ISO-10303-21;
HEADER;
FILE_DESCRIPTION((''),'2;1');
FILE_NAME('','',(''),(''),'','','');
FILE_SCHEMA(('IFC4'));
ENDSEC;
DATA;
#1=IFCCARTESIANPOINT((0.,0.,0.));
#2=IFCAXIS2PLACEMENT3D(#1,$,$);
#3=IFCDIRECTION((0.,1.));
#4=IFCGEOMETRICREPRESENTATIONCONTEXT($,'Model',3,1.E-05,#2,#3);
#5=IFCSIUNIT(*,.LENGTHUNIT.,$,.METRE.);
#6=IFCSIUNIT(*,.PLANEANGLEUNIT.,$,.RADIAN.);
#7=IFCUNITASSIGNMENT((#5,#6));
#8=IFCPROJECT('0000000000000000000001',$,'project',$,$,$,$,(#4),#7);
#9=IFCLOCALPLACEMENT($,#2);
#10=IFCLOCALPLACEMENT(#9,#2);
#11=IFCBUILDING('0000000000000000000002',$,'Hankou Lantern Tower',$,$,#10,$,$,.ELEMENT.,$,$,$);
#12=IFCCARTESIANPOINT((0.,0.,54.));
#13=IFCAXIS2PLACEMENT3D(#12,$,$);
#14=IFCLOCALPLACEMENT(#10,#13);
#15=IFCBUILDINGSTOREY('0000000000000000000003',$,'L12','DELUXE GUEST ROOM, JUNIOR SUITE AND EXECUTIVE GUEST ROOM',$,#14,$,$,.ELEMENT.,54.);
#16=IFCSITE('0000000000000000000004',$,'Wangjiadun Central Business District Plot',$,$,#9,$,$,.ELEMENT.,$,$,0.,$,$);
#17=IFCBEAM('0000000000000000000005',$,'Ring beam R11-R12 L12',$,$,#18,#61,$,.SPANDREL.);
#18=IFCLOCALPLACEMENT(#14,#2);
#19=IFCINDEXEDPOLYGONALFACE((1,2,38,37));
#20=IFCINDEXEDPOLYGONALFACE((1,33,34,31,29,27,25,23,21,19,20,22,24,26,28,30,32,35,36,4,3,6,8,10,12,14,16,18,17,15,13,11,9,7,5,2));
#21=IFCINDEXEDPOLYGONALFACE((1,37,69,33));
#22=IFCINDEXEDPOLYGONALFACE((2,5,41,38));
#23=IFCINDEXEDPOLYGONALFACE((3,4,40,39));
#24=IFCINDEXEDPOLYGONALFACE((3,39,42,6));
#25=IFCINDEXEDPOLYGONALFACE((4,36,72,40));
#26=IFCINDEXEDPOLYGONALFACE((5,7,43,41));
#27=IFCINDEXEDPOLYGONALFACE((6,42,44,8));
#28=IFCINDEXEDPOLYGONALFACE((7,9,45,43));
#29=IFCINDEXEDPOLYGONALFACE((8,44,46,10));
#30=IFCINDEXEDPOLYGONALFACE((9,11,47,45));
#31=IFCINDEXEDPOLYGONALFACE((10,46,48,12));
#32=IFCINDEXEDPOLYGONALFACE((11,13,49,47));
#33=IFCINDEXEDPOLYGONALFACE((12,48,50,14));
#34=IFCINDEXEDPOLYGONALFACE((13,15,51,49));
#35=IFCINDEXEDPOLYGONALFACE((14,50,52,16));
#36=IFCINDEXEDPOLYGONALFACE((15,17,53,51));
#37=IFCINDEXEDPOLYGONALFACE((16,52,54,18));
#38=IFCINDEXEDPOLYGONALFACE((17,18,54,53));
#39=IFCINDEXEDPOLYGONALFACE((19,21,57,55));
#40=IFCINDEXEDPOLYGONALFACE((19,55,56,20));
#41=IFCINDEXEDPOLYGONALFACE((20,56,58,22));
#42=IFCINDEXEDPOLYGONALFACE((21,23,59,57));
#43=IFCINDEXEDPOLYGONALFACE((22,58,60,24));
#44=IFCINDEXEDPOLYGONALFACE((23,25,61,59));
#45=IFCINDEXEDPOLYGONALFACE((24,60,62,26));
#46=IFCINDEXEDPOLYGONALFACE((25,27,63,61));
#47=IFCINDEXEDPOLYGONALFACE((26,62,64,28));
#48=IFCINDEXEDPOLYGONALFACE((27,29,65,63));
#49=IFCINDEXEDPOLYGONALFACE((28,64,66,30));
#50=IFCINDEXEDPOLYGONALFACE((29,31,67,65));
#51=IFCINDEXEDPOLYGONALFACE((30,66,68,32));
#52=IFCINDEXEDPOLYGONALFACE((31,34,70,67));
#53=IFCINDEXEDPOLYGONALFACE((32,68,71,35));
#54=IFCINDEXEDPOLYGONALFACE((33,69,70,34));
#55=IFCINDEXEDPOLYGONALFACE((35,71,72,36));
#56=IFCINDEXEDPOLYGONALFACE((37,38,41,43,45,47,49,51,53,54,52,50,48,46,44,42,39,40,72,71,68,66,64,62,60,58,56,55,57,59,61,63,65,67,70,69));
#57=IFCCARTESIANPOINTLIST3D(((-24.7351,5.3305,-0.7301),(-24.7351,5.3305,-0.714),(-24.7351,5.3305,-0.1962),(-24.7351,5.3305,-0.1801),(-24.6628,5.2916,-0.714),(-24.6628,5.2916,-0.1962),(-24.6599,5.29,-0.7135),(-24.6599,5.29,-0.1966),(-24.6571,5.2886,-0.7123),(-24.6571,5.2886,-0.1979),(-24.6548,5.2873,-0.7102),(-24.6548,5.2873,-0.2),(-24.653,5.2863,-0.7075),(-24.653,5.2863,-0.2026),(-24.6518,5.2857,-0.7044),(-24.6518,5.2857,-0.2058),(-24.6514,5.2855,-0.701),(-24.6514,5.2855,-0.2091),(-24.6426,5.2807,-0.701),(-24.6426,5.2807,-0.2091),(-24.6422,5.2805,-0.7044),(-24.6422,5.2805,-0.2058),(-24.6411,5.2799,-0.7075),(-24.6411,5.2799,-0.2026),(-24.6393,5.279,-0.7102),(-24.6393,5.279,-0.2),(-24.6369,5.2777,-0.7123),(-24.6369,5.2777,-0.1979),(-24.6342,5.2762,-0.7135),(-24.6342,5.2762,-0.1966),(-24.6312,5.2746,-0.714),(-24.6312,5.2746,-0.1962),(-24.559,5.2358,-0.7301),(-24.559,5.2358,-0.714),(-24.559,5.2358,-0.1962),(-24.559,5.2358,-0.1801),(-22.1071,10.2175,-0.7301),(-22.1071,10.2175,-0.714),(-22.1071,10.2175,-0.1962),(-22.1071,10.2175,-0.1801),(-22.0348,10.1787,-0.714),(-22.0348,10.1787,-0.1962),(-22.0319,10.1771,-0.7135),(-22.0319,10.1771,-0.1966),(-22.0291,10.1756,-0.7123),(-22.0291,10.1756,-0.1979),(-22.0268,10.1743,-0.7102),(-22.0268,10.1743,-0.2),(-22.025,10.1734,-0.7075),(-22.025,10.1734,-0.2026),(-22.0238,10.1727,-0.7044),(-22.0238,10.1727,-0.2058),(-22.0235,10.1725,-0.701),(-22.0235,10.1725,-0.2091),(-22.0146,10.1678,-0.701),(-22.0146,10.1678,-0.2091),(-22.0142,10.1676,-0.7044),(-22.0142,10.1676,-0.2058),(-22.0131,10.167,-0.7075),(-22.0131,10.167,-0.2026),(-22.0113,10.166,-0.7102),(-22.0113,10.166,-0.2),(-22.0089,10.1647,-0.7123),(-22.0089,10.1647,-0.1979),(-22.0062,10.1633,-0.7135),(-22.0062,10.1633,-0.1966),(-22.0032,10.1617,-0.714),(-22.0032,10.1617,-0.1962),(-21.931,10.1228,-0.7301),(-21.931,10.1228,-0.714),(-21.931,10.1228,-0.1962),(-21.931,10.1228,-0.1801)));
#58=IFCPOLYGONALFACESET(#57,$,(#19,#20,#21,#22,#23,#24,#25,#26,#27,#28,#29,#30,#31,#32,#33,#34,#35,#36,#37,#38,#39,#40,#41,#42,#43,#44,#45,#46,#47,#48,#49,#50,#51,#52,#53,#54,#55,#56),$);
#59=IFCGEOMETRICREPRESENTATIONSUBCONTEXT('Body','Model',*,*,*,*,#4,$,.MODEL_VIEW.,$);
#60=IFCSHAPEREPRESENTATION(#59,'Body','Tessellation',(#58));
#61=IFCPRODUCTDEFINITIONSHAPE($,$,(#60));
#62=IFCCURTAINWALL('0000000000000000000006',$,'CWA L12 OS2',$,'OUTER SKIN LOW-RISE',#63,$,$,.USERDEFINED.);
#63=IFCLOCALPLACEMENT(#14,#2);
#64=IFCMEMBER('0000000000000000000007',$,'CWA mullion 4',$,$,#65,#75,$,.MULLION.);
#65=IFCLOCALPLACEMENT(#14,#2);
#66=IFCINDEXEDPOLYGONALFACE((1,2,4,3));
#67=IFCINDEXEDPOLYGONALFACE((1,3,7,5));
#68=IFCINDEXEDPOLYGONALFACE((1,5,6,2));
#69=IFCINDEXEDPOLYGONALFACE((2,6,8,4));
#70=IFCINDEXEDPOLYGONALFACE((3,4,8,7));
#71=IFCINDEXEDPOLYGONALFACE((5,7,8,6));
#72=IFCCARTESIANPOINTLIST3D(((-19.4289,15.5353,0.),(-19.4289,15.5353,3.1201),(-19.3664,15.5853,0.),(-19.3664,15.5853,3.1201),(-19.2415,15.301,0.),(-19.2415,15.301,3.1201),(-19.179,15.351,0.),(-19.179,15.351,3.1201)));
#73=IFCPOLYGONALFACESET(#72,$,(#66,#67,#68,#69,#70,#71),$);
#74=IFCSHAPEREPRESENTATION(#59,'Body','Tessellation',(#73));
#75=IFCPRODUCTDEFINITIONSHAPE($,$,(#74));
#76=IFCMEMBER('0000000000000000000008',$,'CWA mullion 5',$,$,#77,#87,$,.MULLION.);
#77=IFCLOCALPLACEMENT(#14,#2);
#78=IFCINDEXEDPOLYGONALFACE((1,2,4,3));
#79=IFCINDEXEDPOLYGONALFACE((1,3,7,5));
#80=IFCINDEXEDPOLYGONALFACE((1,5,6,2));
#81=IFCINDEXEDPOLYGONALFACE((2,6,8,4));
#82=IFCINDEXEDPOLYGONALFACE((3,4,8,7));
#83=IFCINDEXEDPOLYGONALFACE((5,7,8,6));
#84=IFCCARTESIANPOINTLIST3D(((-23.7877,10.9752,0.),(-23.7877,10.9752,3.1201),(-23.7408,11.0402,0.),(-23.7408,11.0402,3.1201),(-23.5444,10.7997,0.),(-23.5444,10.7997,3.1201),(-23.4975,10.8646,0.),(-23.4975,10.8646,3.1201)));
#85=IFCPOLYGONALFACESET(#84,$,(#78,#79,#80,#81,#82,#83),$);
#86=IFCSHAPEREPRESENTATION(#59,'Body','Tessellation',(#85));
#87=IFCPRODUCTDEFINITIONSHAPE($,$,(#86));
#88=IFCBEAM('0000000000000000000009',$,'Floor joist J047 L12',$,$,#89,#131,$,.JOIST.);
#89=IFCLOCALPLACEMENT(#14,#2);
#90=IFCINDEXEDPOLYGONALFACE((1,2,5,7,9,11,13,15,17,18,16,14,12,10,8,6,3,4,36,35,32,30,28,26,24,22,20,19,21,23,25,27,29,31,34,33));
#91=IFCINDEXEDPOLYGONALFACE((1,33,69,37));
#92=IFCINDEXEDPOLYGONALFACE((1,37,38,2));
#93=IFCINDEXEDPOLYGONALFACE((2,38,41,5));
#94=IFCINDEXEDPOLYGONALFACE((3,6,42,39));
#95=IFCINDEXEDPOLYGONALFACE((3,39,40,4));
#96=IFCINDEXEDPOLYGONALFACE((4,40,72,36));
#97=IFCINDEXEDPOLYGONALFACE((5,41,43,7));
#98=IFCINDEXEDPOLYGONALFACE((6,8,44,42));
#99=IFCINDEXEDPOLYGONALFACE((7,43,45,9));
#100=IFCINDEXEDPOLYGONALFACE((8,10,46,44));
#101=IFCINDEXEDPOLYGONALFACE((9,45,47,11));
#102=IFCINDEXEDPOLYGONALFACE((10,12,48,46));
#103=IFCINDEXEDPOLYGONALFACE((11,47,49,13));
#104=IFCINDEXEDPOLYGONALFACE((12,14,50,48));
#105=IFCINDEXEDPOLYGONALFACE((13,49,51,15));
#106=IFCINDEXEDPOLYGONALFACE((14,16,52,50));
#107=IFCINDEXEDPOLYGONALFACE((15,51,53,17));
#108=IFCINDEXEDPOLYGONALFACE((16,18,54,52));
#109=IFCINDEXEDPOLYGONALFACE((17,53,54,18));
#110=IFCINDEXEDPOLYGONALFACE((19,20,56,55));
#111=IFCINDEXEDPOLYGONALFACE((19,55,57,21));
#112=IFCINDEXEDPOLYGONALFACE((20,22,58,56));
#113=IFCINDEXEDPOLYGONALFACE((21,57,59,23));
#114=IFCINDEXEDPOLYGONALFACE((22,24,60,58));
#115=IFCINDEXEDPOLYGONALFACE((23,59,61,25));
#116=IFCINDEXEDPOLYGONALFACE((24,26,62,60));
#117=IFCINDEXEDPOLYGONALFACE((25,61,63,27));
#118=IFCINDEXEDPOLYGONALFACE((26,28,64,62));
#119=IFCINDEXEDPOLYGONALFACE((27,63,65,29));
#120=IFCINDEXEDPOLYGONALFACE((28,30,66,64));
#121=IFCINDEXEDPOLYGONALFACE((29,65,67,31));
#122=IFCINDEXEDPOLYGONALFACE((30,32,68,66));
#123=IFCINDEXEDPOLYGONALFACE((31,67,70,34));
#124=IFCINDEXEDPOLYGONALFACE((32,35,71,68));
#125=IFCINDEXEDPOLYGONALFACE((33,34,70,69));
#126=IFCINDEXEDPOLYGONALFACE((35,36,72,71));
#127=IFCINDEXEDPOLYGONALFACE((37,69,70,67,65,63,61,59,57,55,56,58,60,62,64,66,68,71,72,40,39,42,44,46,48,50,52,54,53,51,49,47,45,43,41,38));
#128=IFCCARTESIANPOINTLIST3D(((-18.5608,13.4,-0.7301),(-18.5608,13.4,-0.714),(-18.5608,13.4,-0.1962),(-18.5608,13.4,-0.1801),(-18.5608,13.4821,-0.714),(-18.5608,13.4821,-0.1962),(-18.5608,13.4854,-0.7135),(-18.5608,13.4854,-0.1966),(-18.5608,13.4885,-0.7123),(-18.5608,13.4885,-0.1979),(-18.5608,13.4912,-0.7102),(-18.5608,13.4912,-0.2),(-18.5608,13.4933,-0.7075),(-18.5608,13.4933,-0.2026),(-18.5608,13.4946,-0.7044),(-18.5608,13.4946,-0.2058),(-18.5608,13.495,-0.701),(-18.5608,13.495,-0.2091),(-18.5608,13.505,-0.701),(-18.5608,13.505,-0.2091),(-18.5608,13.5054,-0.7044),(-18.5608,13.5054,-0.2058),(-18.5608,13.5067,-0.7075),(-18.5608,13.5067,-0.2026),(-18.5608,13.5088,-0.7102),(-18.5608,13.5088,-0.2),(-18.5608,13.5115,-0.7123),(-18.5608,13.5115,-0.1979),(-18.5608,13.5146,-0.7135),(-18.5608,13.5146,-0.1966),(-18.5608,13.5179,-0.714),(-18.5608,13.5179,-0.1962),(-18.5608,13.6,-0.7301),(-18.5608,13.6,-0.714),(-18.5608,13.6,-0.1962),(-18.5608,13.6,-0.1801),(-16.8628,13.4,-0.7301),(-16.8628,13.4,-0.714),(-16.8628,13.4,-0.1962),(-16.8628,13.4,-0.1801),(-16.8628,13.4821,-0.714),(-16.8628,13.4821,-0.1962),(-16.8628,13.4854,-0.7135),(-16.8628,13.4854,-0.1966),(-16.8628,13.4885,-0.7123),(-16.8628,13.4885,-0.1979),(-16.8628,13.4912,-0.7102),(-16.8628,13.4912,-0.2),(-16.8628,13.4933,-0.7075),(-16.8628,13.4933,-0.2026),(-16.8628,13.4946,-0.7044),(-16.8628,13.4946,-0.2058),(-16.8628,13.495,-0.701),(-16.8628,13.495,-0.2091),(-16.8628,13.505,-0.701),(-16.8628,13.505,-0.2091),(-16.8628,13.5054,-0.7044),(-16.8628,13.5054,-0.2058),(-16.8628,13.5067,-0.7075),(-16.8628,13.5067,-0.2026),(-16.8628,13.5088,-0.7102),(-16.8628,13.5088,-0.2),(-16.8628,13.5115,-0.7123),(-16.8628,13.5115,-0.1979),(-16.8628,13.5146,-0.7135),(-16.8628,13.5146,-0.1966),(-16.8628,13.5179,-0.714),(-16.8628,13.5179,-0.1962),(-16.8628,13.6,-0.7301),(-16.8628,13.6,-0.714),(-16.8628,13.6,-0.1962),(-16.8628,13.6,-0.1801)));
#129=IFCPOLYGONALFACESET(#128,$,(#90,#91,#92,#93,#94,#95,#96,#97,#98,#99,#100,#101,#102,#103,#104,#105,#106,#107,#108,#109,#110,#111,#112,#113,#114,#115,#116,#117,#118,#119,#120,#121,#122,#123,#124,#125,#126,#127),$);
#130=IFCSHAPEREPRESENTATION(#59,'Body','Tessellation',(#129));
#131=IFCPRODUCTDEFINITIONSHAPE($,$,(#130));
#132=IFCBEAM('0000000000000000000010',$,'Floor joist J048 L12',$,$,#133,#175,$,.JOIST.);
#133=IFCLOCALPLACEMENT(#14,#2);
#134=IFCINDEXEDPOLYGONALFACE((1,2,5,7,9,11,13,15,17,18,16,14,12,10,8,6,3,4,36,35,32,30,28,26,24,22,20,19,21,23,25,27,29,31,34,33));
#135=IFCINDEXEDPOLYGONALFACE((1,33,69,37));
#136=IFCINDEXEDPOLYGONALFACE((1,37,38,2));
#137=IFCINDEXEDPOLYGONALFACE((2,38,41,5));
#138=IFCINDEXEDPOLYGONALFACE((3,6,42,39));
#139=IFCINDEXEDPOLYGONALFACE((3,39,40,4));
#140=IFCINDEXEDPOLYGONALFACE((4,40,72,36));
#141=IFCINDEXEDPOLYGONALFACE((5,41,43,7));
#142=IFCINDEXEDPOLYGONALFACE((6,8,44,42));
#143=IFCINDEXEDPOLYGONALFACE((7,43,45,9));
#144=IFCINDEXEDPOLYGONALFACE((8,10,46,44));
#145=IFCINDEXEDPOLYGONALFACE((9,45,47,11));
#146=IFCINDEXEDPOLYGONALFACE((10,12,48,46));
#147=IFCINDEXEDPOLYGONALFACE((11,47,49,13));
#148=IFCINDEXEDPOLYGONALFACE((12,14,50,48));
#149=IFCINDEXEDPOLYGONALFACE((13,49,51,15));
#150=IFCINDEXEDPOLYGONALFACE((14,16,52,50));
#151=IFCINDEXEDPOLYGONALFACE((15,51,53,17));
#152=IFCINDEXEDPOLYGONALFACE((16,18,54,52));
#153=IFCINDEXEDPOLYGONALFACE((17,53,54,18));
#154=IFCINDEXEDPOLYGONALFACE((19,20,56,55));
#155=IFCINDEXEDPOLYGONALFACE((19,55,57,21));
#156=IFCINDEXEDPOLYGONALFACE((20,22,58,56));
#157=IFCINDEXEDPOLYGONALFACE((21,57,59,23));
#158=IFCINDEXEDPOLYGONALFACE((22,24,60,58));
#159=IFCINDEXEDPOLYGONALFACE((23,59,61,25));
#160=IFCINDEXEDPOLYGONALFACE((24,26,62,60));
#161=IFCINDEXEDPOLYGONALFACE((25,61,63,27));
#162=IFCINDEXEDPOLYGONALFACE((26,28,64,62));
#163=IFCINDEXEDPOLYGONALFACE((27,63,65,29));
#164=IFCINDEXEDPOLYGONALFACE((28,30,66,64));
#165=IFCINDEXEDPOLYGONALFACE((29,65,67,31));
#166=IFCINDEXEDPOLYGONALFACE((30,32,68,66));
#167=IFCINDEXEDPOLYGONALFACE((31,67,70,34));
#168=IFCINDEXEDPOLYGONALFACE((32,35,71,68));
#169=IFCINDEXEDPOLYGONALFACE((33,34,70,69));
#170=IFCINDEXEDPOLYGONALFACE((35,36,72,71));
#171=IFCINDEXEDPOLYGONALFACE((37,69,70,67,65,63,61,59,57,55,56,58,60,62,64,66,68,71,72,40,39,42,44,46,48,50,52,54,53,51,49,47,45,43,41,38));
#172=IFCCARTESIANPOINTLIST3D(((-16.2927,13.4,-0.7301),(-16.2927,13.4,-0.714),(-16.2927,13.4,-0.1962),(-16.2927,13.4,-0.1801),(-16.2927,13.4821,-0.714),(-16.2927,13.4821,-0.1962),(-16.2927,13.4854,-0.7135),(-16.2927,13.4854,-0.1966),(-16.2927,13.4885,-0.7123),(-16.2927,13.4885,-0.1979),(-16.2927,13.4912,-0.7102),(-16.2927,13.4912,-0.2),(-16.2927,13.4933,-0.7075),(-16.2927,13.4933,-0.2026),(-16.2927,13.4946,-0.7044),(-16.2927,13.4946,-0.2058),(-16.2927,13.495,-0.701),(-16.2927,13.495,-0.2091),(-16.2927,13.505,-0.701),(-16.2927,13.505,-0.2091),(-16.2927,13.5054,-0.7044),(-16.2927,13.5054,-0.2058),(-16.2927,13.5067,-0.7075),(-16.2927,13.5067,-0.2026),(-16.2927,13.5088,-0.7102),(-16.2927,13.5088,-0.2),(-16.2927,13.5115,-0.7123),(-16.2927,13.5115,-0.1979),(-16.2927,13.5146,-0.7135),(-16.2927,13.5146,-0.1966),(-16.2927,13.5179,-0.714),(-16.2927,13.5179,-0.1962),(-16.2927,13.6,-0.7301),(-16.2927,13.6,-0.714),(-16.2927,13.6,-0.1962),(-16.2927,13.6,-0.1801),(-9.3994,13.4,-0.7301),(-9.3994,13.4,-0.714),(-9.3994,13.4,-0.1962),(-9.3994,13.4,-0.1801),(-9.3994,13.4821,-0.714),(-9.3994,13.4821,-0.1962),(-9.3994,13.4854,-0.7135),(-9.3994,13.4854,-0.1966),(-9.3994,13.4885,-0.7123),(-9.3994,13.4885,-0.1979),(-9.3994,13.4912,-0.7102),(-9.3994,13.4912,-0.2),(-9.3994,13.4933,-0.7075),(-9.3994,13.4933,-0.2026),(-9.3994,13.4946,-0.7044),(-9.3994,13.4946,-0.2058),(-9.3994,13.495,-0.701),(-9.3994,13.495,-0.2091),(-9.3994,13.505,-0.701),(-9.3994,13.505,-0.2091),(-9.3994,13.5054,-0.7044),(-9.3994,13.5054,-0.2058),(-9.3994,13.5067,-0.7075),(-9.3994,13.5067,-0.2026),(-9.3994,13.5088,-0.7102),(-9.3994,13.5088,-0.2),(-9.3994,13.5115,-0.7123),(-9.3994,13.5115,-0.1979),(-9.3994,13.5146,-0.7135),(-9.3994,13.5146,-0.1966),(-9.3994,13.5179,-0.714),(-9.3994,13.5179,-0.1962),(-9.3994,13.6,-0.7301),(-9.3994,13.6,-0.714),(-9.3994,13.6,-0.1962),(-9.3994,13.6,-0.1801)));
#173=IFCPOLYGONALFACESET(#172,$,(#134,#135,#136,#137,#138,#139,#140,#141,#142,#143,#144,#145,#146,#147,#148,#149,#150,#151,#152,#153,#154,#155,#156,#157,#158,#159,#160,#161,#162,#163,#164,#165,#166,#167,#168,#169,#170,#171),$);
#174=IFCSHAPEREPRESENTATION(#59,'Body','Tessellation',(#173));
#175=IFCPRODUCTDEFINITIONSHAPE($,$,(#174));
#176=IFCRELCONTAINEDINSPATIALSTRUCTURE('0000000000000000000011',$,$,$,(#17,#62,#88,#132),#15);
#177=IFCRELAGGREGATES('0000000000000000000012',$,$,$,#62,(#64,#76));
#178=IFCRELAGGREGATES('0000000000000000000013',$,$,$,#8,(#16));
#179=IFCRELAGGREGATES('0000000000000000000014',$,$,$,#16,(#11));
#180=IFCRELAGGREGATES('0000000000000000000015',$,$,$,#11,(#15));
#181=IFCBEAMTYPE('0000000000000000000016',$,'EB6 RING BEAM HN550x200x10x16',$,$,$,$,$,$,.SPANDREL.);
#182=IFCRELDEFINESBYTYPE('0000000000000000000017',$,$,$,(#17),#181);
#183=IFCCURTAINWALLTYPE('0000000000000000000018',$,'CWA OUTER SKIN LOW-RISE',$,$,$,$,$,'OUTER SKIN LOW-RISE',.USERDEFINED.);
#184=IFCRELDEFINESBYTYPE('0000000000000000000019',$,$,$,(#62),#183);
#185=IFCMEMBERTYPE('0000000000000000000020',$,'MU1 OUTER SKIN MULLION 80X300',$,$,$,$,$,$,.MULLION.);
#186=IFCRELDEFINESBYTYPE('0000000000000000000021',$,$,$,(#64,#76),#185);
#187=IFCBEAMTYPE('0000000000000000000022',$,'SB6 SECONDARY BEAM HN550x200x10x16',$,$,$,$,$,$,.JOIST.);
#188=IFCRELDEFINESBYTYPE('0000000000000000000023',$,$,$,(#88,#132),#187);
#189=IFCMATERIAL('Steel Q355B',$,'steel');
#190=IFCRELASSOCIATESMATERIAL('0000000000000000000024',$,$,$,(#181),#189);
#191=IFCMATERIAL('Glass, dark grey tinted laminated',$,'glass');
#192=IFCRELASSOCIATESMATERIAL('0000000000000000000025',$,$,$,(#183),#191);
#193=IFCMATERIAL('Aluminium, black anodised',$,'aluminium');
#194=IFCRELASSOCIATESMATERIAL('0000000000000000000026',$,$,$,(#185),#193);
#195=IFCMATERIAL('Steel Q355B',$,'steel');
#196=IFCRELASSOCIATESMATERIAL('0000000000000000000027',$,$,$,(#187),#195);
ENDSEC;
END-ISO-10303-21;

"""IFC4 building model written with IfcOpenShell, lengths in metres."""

from ifc_helpers import new_model, si_unit, direction, frame, origin, origin_2d, place, context, subcontext, project, spatial, rectangle, i_section, extrude, material, material_profile, profile_set, type_object, element, aggregate, save


model = new_model("IFC4")

# Units and contexts
model_context = context("Model", 3, precision=1e-05, world=origin(), true_north=direction((0.0, 1.0)))
body_context = subcontext(model_context, "Body", "Model", "MODEL_VIEW")
ifc_project = project(units=[si_unit("LENGTHUNIT", "METRE"), si_unit("PLANEANGLEUNIT", "RADIAN")], contexts=[model_context])

# Site, building, storey
site_placement = place(None, origin())
site = spatial("IfcSite", under=ifc_project, at=site_placement, Name="Wangjiadun Central Business District Plot", CompositionType="ELEMENT", RefElevation=0.0)
building_placement = place(site_placement, origin())
building = spatial("IfcBuilding", under=site, at=building_placement, Name="Hankou Lantern Tower", CompositionType="ELEMENT")
storey_placement = place(building_placement, frame((0.0, 0.0, 54.0)))
storey = spatial("IfcBuildingStorey", under=building, at=storey_placement, Name="L12", Description="DELUXE GUEST ROOM, JUNIOR SUITE AND EXECUTIVE GUEST ROOM", CompositionType="ELEMENT", Elevation=54.0)

# Beam
ifc_material_1 = material(Name="Steel Q355B", Category="steel")
ifc_material_profile_1 = material_profile(ifc_material_1, i_section(OverallWidth=0.2, OverallDepth=0.55, WebThickness=0.01, FlangeThickness=0.0161, FilletRadius=0.0129, at=origin_2d()), Name="HN550x200x10x16")
ifc_profile_set_1 = profile_set([ifc_material_profile_1], Name="Steel Q355B")
beam_type_1 = type_object("IfcBeamType", Name="EB6 RING BEAM HN550x200x10x16", PredefinedType="SPANDREL", material=ifc_profile_set_1)
beam_1_placement = place(storey_placement, frame((-22.019, 10.1702, -0.4551), z_axis=(-0.473609, -0.880735, 0.0), x_axis=(0.880735, -0.473609, 0.0)))
element("IfcBeam", 1, at=beam_1_placement, inside=storey, type_object=beam_type_1, Name="Ring beam R11-R12 L12", PredefinedType="SPANDREL", context=body_context, shape_type="SweptSolid", body=[
    extrude(i_section(OverallWidth=0.2, OverallDepth=0.55, WebThickness=0.01, FlangeThickness=0.0161, FilletRadius=0.0129, at=origin_2d()), origin(), (0.0, 0.0, 1.0), 5.5488),
])

# Curtain wall, members
ifc_material_2 = material(Name="Glass, dark grey tinted laminated", Category="glass")
curtain_wall_type = type_object("IfcCurtainWallType", Name="CWA OUTER SKIN LOW-RISE", ElementType="OUTER SKIN LOW-RISE", PredefinedType="USERDEFINED", material=ifc_material_2)
curtain_wall_placement = place(storey_placement, origin())
curtain_wall = element("IfcCurtainWall", 2, at=curtain_wall_placement, inside=storey, type_object=curtain_wall_type, Name="CWA L12 OS2", ObjectType="OUTER SKIN LOW-RISE", PredefinedType="USERDEFINED")
ifc_material_3 = material(Name="Aluminium, black anodised", Category="aluminium")
ifc_material_profile_2 = material_profile(ifc_material_3, rectangle(XDim=0.0801, YDim=0.3, at=origin_2d()), Name="MU1 80X300")
ifc_profile_set_2 = profile_set([ifc_material_profile_2], Name="Aluminium, black anodised")
member_type_1 = type_object("IfcMemberType", Name="MU1 OUTER SKIN MULLION 80X300", PredefinedType="MULLION", material=ifc_profile_set_2)
member_1_placement = place(storey_placement, frame((-19.304, 15.4431, 0.0), z_axis=(0.0, 0.0, 1.0), x_axis=(-0.780869, -0.624695, 0.0)))
member_1 = element("IfcMember", 3, at=member_1_placement, type_object=member_type_1, Name="CWA mullion 4", PredefinedType="MULLION", context=body_context, shape_type="SweptSolid", body=[
    extrude(rectangle(XDim=0.0801, YDim=0.3, at=origin_2d()), origin(), (0.0, 0.0, 1.0), 3.1201),
])
member_2_placement = place(storey_placement, frame((-23.6426, 10.9199, 0.0), z_axis=(0.0, 0.0, 1.0), x_axis=(-0.585206, -0.810885, 0.0)))
member_2 = element("IfcMember", 4, at=member_2_placement, type_object=member_type_1, Name="CWA mullion 5", PredefinedType="MULLION", context=body_context, shape_type="SweptSolid", body=[
    extrude(rectangle(XDim=0.0801, YDim=0.3, at=origin_2d()), origin(), (0.0, 0.0, 1.0), 3.1201),
])

# Beams
ifc_material_4 = material(Name="Steel Q355B", Category="steel")
ifc_material_profile_3 = material_profile(ifc_material_4, i_section(OverallWidth=0.2, OverallDepth=0.55, WebThickness=0.01, FlangeThickness=0.0161, FilletRadius=0.0129, at=origin_2d()), Name="HN550x200x10x16")
ifc_profile_set_3 = profile_set([ifc_material_profile_3], Name="Steel Q355B")
beam_type_2 = type_object("IfcBeamType", Name="SB6 SECONDARY BEAM HN550x200x10x16", PredefinedType="JOIST", material=ifc_profile_set_3)
beam_2_placement = place(storey_placement, frame((-18.5608, 13.5, -0.4551), z_axis=(1.0, 0.0, 0.0), x_axis=(0.0, 1.0, 0.0)))
element("IfcBeam", 5, at=beam_2_placement, inside=storey, type_object=beam_type_2, Name="Floor joist J047 L12", PredefinedType="JOIST", context=body_context, shape_type="SweptSolid", body=[
    extrude(i_section(OverallWidth=0.2, OverallDepth=0.55, WebThickness=0.01, FlangeThickness=0.0161, FilletRadius=0.0129, at=origin_2d()), origin(), (0.0, 0.0, 1.0), 1.698),
])
beam_3_placement = place(storey_placement, frame((-16.2927, 13.5, -0.4551), z_axis=(1.0, 0.0, 0.0), x_axis=(0.0, 1.0, 0.0)))
element("IfcBeam", 6, at=beam_3_placement, inside=storey, type_object=beam_type_2, Name="Floor joist J048 L12", PredefinedType="JOIST", context=body_context, shape_type="SweptSolid", body=[
    extrude(i_section(OverallWidth=0.2, OverallDepth=0.55, WebThickness=0.01, FlangeThickness=0.0161, FilletRadius=0.0129, at=origin_2d()), origin(), (0.0, 0.0, 1.0), 6.8933),
])

aggregate(curtain_wall, [member_1, member_2])

save(model, "model.ifc")
